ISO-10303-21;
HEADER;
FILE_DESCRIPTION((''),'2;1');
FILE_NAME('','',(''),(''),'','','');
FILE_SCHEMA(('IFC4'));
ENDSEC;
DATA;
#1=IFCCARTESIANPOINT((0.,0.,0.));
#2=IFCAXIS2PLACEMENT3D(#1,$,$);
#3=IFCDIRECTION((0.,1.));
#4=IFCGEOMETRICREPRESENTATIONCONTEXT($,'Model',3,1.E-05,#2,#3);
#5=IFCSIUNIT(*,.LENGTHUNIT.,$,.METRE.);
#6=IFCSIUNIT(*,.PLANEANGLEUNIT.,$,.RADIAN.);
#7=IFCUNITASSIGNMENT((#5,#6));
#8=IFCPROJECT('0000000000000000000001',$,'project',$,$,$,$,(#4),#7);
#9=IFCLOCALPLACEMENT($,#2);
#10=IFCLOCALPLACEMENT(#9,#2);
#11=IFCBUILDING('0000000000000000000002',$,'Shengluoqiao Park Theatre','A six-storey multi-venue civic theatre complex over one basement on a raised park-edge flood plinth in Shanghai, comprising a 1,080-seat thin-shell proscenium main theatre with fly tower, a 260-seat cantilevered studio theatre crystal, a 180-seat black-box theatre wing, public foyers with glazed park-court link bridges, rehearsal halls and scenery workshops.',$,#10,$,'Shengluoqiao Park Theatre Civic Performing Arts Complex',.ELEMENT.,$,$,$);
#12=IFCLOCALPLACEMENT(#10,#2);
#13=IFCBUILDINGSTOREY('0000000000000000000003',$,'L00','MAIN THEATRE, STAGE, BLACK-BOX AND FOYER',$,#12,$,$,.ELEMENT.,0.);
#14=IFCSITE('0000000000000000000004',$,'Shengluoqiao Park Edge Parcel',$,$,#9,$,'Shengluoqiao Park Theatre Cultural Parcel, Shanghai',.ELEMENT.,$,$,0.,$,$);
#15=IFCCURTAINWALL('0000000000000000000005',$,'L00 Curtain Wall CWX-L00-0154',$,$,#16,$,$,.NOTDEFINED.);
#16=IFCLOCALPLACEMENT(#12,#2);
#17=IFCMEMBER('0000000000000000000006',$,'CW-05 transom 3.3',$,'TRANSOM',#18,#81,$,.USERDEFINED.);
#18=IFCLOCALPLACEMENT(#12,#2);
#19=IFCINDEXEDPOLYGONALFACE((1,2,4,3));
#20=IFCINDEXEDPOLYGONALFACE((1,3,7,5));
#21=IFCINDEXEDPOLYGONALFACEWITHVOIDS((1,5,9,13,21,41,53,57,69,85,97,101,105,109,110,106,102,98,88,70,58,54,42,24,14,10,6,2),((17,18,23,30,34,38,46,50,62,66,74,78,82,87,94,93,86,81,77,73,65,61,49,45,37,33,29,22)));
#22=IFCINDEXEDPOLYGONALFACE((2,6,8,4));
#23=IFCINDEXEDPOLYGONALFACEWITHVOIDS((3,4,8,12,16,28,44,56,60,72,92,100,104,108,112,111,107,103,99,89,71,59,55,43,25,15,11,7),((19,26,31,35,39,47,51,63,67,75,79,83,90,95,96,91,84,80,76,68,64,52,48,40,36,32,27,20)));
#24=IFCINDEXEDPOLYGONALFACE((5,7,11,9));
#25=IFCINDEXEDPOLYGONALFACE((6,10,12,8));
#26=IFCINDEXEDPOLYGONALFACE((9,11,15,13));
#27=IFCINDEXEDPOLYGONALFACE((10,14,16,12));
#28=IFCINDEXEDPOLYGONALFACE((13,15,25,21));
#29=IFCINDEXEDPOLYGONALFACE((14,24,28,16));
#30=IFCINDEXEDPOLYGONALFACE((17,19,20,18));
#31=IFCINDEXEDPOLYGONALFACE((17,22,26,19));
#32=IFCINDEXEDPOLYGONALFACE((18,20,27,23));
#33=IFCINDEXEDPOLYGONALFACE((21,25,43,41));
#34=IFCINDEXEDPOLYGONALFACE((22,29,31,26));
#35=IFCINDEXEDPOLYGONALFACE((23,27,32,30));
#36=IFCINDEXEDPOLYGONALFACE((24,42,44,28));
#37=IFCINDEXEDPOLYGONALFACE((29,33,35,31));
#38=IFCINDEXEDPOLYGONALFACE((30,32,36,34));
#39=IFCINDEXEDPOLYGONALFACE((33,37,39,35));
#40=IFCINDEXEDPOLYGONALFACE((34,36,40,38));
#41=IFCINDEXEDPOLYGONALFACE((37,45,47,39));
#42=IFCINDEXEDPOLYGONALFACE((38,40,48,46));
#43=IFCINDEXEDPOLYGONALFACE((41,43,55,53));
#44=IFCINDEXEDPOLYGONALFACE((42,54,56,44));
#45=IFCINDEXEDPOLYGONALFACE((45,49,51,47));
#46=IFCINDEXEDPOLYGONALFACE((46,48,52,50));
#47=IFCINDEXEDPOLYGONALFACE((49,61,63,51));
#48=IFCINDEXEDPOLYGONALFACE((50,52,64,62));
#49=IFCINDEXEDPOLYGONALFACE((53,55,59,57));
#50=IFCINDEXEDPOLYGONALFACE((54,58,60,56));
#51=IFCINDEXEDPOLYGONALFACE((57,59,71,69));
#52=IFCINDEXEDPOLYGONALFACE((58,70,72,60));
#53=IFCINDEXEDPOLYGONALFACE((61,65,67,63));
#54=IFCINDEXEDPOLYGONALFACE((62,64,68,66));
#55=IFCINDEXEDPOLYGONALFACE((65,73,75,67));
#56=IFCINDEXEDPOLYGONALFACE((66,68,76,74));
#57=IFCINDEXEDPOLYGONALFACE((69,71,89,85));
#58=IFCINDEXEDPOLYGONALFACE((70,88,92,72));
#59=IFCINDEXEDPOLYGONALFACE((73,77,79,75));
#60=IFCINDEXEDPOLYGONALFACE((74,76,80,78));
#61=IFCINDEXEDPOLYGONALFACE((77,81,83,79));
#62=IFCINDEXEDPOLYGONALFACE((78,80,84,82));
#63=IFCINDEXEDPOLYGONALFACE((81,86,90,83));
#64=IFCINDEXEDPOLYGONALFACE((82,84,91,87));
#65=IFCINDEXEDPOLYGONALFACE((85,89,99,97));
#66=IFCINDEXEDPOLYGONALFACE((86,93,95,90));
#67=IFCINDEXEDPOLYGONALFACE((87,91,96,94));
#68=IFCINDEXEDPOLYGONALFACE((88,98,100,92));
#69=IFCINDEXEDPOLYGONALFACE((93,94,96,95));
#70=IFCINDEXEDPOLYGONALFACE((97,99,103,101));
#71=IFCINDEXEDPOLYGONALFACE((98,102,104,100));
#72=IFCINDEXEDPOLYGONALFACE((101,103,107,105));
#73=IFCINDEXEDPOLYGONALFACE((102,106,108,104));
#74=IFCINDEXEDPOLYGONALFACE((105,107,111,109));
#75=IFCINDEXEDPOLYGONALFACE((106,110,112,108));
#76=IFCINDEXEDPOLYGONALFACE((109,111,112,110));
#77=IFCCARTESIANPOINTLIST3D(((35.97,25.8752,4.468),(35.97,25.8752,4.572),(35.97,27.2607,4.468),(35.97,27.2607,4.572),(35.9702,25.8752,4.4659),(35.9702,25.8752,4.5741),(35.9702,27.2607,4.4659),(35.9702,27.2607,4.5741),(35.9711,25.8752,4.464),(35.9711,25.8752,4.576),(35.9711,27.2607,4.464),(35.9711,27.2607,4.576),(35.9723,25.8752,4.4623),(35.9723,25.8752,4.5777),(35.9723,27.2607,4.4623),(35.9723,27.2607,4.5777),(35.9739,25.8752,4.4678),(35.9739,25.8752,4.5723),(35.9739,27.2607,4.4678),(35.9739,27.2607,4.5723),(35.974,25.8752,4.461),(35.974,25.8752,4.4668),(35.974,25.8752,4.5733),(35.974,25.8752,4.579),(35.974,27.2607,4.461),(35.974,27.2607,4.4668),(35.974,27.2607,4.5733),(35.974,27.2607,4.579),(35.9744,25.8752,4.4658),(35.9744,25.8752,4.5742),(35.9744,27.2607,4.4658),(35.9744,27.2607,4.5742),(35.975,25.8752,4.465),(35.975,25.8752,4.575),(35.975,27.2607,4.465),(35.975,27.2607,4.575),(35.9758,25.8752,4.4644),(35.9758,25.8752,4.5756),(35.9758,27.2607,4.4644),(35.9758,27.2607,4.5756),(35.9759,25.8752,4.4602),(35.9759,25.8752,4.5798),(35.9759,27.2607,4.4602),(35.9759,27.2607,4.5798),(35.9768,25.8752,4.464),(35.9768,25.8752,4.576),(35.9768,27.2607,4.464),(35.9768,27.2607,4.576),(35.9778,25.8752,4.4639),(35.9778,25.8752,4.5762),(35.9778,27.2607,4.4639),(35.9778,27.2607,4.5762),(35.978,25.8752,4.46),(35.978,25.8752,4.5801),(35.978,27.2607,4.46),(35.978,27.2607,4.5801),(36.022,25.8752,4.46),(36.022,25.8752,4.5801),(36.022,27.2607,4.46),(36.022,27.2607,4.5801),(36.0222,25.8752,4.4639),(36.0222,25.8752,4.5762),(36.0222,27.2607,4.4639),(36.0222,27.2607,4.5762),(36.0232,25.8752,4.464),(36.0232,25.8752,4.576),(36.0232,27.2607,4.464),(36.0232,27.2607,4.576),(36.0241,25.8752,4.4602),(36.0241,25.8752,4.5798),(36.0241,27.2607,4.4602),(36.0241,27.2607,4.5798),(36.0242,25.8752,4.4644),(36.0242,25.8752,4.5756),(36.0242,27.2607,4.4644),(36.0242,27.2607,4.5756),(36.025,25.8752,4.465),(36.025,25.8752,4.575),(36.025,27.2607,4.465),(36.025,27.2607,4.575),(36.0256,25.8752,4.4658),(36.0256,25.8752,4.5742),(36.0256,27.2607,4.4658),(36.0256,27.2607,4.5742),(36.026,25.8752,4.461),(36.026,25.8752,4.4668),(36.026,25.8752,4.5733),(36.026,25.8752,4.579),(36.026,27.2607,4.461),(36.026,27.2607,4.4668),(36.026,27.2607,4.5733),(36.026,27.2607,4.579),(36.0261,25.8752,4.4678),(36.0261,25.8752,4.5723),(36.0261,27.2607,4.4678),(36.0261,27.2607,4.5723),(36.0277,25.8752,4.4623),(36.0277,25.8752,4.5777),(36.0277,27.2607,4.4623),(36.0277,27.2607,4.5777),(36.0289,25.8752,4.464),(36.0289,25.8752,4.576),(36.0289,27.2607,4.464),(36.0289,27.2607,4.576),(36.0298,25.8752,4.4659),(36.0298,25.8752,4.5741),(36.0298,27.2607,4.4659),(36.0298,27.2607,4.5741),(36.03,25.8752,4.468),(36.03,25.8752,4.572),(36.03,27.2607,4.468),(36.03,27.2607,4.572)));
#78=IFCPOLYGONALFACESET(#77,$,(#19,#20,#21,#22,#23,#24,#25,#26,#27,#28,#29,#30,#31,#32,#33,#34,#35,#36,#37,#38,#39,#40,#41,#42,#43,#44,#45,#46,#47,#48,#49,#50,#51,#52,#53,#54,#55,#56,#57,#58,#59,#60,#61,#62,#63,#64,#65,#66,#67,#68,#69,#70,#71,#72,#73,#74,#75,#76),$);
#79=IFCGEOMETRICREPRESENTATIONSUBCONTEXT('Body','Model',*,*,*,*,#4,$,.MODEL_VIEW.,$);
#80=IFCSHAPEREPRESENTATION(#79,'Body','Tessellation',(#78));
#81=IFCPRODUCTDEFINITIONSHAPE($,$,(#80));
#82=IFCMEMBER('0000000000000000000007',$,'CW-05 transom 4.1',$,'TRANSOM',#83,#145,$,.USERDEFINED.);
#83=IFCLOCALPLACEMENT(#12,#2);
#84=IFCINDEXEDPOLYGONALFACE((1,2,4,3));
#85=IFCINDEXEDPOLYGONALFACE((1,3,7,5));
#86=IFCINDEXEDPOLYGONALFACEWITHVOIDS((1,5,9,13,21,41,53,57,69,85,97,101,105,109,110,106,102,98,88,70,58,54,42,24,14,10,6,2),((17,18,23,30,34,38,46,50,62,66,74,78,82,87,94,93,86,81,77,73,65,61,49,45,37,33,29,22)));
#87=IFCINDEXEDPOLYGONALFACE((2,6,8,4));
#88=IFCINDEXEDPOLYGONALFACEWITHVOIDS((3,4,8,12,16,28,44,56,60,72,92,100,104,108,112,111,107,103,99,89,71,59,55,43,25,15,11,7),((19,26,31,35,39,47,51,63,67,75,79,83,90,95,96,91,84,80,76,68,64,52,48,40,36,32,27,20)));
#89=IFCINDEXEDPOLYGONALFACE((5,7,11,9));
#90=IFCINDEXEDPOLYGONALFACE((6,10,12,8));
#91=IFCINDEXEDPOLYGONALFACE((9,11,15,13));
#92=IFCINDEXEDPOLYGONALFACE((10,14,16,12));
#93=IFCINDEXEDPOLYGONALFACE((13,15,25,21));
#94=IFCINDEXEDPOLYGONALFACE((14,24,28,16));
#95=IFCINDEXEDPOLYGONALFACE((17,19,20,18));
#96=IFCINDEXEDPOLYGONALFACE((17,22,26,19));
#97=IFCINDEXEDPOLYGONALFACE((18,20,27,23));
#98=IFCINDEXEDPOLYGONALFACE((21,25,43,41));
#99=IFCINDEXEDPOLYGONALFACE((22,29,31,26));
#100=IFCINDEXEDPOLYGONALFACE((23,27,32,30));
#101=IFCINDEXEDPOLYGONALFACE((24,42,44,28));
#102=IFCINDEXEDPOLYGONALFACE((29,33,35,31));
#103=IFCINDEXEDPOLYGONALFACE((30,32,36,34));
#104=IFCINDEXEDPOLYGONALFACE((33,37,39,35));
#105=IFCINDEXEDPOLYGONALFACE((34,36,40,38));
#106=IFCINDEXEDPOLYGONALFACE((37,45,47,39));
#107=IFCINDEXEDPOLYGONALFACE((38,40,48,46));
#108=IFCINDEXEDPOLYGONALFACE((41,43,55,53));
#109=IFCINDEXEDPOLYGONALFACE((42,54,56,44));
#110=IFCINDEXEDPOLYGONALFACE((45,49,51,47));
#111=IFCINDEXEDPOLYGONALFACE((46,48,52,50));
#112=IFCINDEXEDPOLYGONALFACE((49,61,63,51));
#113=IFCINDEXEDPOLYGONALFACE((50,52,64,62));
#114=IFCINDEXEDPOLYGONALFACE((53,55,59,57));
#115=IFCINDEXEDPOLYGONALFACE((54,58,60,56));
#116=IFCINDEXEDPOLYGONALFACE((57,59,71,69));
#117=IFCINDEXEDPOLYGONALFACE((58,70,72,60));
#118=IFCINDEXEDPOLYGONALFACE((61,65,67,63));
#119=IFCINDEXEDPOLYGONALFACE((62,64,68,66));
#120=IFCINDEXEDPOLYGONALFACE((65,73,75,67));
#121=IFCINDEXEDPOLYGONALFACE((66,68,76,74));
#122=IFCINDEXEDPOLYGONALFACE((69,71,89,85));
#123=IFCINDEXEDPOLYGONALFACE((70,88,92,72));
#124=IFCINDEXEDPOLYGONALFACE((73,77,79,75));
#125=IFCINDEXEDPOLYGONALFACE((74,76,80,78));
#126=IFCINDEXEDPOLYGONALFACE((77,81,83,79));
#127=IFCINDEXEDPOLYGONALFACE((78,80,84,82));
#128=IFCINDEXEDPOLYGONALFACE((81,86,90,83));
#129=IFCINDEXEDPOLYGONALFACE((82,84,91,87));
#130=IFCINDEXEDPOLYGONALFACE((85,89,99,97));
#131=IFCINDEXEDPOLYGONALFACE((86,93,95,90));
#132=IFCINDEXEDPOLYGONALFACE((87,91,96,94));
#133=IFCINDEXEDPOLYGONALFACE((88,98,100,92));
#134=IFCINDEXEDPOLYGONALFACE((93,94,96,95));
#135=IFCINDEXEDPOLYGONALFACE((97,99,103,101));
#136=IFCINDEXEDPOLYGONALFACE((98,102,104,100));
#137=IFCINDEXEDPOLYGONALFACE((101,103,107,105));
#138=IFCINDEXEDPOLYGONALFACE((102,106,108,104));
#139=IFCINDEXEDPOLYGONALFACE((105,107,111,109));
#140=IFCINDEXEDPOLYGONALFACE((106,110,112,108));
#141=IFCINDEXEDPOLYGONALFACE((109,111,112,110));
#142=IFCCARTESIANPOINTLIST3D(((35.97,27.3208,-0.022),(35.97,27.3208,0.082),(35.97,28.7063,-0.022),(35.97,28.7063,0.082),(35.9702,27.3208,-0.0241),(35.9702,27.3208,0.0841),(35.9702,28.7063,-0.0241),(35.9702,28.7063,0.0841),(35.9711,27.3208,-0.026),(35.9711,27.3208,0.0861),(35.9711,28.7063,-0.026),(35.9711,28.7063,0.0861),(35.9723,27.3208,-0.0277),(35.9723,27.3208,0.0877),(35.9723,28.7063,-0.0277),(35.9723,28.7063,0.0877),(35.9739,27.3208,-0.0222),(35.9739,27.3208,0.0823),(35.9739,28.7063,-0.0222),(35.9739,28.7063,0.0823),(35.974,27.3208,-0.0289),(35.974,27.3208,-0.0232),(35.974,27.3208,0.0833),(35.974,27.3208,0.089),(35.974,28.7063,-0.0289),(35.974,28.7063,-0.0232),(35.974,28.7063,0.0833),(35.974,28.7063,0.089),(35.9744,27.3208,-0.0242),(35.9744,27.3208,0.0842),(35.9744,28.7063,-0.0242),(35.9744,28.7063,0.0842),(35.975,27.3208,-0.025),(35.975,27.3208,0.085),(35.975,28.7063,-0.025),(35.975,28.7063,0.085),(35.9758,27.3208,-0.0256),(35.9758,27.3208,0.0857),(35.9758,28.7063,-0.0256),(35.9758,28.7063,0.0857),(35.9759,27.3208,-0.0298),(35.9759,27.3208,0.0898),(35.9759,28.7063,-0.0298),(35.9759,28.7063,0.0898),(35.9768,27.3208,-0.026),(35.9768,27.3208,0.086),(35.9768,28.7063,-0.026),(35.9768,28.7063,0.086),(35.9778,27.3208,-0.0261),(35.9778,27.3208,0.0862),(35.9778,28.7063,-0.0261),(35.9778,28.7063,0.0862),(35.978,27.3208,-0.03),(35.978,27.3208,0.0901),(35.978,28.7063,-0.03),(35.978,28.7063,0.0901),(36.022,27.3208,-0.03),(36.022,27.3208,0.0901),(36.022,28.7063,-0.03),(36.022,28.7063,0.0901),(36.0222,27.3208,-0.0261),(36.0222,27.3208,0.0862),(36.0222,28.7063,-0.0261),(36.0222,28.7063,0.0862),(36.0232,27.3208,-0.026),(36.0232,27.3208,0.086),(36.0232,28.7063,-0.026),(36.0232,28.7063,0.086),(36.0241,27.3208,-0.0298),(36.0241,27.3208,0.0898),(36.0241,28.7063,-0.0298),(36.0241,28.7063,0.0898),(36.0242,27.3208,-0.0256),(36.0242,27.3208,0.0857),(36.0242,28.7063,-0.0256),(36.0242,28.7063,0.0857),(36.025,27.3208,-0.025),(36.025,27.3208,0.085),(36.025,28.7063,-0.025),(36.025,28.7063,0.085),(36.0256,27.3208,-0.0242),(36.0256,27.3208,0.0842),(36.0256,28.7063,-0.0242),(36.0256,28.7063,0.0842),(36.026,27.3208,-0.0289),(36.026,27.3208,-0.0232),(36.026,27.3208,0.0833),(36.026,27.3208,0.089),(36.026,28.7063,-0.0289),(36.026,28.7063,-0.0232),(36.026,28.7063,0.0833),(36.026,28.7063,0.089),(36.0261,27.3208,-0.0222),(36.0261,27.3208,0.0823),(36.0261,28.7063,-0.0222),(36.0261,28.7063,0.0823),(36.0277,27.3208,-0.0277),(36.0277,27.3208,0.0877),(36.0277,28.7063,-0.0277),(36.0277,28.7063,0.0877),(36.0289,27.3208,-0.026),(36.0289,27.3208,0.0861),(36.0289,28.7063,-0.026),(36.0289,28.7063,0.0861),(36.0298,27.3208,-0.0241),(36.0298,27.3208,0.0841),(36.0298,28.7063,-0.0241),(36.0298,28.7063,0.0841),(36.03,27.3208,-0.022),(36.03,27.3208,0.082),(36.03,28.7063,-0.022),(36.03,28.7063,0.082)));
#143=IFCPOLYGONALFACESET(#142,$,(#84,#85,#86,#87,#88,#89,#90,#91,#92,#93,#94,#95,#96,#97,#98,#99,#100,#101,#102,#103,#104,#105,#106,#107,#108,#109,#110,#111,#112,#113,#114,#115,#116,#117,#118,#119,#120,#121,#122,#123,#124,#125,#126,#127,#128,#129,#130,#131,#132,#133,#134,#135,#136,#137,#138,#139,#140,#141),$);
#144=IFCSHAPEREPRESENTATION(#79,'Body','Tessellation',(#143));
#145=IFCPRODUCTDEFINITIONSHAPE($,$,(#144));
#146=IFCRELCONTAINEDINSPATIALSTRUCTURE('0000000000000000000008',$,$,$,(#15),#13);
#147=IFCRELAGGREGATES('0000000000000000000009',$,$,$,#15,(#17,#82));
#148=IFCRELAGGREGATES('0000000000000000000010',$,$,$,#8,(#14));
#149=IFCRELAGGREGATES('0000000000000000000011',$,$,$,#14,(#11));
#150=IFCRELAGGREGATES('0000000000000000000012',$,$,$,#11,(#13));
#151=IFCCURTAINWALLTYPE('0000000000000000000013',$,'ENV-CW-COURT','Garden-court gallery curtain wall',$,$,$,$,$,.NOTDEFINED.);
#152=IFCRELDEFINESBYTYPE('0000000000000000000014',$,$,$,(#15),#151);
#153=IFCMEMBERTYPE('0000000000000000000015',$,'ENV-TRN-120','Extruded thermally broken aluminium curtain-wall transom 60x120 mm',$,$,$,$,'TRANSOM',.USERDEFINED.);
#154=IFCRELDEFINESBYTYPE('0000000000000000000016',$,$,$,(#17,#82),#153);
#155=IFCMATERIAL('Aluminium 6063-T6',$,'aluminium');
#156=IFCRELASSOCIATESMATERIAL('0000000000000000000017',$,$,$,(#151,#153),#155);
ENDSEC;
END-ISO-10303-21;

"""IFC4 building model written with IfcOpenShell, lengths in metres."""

from ifc_helpers import new_model, si_unit, direction, frame, origin, origin_2d, place, context, subcontext, project, spatial, hollow_rectangle, extrude, material, material_profile, profile_set, type_object, element, aggregate, save


model = new_model("IFC4")

# Units and contexts
model_context = context("Model", 3, precision=1e-05, world=origin(), true_north=direction((0.0, 1.0)))
body_context = subcontext(model_context, "Body", "Model", "MODEL_VIEW")
ifc_project = project(units=[si_unit("LENGTHUNIT", "METRE"), si_unit("PLANEANGLEUNIT", "RADIAN")], contexts=[model_context])

# Site, building, storey
site_placement = place(None, origin())
site = spatial("IfcSite", under=ifc_project, at=site_placement, Name="Shengluoqiao Park Edge Parcel", LongName="Shengluoqiao Park Theatre Cultural Parcel, Shanghai", CompositionType="ELEMENT", RefElevation=0.0)
building_placement = place(site_placement, origin())
building = spatial("IfcBuilding", under=site, at=building_placement, Name="Shengluoqiao Park Theatre", Description="A six-storey multi-venue civic theatre complex over one basement on a raised park-edge flood plinth in Shanghai, comprising a 1,080-seat thin-shell proscenium main theatre with fly tower, a 260-seat cantilevered studio theatre crystal, a 180-seat black-box theatre wing, public foyers with glazed park-court link bridges, rehearsal halls and scenery workshops.", LongName="Shengluoqiao Park Theatre Civic Performing Arts Complex", CompositionType="ELEMENT")
storey_placement = place(building_placement, origin())
storey = spatial("IfcBuildingStorey", under=building, at=storey_placement, Name="L00", Description="MAIN THEATRE, STAGE, BLACK-BOX AND FOYER", CompositionType="ELEMENT", Elevation=0.0)

# Curtain wall
ifc_material_1 = material(Name="Aluminium 6063-T6", Category="aluminium")
curtain_wall_type = type_object("IfcCurtainWallType", Name="ENV-CW-COURT", Description="Garden-court gallery curtain wall", PredefinedType="NOTDEFINED", material=ifc_material_1)
curtain_wall_1_placement = place(storey_placement, origin())
curtain_wall_1 = element("IfcCurtainWall", 1, at=curtain_wall_1_placement, inside=storey, type_object=curtain_wall_type, Name="L00 Curtain Wall CWX-L00-0154", PredefinedType="NOTDEFINED")

# Members
ifc_material_profile_1 = material_profile(ifc_material_1, hollow_rectangle(XDim=0.0601, YDim=0.1201, WallThickness=0.0039, InnerFilletRadius=0.0039, OuterFilletRadius=0.0081, at=origin_2d()), Name="ALU TRANSOM 120x60x4")
ifc_profile_set_1 = profile_set([ifc_material_profile_1], Name="Aluminium 6063-T6")
member_type_1 = type_object("IfcMemberType", Name="ENV-TRN-120", Description="Extruded thermally broken aluminium curtain-wall transom 60x120 mm", ElementType="TRANSOM", PredefinedType="USERDEFINED", material=ifc_profile_set_1)
member_1_placement = place(storey_placement, frame((36.0, 25.8752, 4.52), z_axis=(0.0, 1.0, 0.0), x_axis=(-1.0, 0.0, 0.0)))
member_1 = element("IfcMember", 2, at=member_1_placement, type_object=member_type_1, Name="CW-05 transom 3.3", ObjectType="TRANSOM", PredefinedType="USERDEFINED", context=body_context, shape_type="SweptSolid", body=[
    extrude(hollow_rectangle(XDim=0.0601, YDim=0.1201, WallThickness=0.0039, InnerFilletRadius=0.0039, OuterFilletRadius=0.0081, at=origin_2d()), origin(), (0.0, 0.0, 1.0), 1.3855),
])
member_2_placement = place(storey_placement, frame((36.0, 27.3208, 0.03), z_axis=(0.0, 1.0, 0.0), x_axis=(-1.0, 0.0, 0.0)))
member_2 = element("IfcMember", 3, at=member_2_placement, type_object=member_type_1, Name="CW-05 transom 4.1", ObjectType="TRANSOM", PredefinedType="USERDEFINED", context=body_context, shape_type="SweptSolid", body=[
    extrude(hollow_rectangle(XDim=0.0601, YDim=0.1201, WallThickness=0.0039, InnerFilletRadius=0.0039, OuterFilletRadius=0.0081, at=origin_2d()), origin(), (0.0, 0.0, 1.0), 1.3855),
])

aggregate(curtain_wall_1, [member_1, member_2])

save(model, "model.ifc")
